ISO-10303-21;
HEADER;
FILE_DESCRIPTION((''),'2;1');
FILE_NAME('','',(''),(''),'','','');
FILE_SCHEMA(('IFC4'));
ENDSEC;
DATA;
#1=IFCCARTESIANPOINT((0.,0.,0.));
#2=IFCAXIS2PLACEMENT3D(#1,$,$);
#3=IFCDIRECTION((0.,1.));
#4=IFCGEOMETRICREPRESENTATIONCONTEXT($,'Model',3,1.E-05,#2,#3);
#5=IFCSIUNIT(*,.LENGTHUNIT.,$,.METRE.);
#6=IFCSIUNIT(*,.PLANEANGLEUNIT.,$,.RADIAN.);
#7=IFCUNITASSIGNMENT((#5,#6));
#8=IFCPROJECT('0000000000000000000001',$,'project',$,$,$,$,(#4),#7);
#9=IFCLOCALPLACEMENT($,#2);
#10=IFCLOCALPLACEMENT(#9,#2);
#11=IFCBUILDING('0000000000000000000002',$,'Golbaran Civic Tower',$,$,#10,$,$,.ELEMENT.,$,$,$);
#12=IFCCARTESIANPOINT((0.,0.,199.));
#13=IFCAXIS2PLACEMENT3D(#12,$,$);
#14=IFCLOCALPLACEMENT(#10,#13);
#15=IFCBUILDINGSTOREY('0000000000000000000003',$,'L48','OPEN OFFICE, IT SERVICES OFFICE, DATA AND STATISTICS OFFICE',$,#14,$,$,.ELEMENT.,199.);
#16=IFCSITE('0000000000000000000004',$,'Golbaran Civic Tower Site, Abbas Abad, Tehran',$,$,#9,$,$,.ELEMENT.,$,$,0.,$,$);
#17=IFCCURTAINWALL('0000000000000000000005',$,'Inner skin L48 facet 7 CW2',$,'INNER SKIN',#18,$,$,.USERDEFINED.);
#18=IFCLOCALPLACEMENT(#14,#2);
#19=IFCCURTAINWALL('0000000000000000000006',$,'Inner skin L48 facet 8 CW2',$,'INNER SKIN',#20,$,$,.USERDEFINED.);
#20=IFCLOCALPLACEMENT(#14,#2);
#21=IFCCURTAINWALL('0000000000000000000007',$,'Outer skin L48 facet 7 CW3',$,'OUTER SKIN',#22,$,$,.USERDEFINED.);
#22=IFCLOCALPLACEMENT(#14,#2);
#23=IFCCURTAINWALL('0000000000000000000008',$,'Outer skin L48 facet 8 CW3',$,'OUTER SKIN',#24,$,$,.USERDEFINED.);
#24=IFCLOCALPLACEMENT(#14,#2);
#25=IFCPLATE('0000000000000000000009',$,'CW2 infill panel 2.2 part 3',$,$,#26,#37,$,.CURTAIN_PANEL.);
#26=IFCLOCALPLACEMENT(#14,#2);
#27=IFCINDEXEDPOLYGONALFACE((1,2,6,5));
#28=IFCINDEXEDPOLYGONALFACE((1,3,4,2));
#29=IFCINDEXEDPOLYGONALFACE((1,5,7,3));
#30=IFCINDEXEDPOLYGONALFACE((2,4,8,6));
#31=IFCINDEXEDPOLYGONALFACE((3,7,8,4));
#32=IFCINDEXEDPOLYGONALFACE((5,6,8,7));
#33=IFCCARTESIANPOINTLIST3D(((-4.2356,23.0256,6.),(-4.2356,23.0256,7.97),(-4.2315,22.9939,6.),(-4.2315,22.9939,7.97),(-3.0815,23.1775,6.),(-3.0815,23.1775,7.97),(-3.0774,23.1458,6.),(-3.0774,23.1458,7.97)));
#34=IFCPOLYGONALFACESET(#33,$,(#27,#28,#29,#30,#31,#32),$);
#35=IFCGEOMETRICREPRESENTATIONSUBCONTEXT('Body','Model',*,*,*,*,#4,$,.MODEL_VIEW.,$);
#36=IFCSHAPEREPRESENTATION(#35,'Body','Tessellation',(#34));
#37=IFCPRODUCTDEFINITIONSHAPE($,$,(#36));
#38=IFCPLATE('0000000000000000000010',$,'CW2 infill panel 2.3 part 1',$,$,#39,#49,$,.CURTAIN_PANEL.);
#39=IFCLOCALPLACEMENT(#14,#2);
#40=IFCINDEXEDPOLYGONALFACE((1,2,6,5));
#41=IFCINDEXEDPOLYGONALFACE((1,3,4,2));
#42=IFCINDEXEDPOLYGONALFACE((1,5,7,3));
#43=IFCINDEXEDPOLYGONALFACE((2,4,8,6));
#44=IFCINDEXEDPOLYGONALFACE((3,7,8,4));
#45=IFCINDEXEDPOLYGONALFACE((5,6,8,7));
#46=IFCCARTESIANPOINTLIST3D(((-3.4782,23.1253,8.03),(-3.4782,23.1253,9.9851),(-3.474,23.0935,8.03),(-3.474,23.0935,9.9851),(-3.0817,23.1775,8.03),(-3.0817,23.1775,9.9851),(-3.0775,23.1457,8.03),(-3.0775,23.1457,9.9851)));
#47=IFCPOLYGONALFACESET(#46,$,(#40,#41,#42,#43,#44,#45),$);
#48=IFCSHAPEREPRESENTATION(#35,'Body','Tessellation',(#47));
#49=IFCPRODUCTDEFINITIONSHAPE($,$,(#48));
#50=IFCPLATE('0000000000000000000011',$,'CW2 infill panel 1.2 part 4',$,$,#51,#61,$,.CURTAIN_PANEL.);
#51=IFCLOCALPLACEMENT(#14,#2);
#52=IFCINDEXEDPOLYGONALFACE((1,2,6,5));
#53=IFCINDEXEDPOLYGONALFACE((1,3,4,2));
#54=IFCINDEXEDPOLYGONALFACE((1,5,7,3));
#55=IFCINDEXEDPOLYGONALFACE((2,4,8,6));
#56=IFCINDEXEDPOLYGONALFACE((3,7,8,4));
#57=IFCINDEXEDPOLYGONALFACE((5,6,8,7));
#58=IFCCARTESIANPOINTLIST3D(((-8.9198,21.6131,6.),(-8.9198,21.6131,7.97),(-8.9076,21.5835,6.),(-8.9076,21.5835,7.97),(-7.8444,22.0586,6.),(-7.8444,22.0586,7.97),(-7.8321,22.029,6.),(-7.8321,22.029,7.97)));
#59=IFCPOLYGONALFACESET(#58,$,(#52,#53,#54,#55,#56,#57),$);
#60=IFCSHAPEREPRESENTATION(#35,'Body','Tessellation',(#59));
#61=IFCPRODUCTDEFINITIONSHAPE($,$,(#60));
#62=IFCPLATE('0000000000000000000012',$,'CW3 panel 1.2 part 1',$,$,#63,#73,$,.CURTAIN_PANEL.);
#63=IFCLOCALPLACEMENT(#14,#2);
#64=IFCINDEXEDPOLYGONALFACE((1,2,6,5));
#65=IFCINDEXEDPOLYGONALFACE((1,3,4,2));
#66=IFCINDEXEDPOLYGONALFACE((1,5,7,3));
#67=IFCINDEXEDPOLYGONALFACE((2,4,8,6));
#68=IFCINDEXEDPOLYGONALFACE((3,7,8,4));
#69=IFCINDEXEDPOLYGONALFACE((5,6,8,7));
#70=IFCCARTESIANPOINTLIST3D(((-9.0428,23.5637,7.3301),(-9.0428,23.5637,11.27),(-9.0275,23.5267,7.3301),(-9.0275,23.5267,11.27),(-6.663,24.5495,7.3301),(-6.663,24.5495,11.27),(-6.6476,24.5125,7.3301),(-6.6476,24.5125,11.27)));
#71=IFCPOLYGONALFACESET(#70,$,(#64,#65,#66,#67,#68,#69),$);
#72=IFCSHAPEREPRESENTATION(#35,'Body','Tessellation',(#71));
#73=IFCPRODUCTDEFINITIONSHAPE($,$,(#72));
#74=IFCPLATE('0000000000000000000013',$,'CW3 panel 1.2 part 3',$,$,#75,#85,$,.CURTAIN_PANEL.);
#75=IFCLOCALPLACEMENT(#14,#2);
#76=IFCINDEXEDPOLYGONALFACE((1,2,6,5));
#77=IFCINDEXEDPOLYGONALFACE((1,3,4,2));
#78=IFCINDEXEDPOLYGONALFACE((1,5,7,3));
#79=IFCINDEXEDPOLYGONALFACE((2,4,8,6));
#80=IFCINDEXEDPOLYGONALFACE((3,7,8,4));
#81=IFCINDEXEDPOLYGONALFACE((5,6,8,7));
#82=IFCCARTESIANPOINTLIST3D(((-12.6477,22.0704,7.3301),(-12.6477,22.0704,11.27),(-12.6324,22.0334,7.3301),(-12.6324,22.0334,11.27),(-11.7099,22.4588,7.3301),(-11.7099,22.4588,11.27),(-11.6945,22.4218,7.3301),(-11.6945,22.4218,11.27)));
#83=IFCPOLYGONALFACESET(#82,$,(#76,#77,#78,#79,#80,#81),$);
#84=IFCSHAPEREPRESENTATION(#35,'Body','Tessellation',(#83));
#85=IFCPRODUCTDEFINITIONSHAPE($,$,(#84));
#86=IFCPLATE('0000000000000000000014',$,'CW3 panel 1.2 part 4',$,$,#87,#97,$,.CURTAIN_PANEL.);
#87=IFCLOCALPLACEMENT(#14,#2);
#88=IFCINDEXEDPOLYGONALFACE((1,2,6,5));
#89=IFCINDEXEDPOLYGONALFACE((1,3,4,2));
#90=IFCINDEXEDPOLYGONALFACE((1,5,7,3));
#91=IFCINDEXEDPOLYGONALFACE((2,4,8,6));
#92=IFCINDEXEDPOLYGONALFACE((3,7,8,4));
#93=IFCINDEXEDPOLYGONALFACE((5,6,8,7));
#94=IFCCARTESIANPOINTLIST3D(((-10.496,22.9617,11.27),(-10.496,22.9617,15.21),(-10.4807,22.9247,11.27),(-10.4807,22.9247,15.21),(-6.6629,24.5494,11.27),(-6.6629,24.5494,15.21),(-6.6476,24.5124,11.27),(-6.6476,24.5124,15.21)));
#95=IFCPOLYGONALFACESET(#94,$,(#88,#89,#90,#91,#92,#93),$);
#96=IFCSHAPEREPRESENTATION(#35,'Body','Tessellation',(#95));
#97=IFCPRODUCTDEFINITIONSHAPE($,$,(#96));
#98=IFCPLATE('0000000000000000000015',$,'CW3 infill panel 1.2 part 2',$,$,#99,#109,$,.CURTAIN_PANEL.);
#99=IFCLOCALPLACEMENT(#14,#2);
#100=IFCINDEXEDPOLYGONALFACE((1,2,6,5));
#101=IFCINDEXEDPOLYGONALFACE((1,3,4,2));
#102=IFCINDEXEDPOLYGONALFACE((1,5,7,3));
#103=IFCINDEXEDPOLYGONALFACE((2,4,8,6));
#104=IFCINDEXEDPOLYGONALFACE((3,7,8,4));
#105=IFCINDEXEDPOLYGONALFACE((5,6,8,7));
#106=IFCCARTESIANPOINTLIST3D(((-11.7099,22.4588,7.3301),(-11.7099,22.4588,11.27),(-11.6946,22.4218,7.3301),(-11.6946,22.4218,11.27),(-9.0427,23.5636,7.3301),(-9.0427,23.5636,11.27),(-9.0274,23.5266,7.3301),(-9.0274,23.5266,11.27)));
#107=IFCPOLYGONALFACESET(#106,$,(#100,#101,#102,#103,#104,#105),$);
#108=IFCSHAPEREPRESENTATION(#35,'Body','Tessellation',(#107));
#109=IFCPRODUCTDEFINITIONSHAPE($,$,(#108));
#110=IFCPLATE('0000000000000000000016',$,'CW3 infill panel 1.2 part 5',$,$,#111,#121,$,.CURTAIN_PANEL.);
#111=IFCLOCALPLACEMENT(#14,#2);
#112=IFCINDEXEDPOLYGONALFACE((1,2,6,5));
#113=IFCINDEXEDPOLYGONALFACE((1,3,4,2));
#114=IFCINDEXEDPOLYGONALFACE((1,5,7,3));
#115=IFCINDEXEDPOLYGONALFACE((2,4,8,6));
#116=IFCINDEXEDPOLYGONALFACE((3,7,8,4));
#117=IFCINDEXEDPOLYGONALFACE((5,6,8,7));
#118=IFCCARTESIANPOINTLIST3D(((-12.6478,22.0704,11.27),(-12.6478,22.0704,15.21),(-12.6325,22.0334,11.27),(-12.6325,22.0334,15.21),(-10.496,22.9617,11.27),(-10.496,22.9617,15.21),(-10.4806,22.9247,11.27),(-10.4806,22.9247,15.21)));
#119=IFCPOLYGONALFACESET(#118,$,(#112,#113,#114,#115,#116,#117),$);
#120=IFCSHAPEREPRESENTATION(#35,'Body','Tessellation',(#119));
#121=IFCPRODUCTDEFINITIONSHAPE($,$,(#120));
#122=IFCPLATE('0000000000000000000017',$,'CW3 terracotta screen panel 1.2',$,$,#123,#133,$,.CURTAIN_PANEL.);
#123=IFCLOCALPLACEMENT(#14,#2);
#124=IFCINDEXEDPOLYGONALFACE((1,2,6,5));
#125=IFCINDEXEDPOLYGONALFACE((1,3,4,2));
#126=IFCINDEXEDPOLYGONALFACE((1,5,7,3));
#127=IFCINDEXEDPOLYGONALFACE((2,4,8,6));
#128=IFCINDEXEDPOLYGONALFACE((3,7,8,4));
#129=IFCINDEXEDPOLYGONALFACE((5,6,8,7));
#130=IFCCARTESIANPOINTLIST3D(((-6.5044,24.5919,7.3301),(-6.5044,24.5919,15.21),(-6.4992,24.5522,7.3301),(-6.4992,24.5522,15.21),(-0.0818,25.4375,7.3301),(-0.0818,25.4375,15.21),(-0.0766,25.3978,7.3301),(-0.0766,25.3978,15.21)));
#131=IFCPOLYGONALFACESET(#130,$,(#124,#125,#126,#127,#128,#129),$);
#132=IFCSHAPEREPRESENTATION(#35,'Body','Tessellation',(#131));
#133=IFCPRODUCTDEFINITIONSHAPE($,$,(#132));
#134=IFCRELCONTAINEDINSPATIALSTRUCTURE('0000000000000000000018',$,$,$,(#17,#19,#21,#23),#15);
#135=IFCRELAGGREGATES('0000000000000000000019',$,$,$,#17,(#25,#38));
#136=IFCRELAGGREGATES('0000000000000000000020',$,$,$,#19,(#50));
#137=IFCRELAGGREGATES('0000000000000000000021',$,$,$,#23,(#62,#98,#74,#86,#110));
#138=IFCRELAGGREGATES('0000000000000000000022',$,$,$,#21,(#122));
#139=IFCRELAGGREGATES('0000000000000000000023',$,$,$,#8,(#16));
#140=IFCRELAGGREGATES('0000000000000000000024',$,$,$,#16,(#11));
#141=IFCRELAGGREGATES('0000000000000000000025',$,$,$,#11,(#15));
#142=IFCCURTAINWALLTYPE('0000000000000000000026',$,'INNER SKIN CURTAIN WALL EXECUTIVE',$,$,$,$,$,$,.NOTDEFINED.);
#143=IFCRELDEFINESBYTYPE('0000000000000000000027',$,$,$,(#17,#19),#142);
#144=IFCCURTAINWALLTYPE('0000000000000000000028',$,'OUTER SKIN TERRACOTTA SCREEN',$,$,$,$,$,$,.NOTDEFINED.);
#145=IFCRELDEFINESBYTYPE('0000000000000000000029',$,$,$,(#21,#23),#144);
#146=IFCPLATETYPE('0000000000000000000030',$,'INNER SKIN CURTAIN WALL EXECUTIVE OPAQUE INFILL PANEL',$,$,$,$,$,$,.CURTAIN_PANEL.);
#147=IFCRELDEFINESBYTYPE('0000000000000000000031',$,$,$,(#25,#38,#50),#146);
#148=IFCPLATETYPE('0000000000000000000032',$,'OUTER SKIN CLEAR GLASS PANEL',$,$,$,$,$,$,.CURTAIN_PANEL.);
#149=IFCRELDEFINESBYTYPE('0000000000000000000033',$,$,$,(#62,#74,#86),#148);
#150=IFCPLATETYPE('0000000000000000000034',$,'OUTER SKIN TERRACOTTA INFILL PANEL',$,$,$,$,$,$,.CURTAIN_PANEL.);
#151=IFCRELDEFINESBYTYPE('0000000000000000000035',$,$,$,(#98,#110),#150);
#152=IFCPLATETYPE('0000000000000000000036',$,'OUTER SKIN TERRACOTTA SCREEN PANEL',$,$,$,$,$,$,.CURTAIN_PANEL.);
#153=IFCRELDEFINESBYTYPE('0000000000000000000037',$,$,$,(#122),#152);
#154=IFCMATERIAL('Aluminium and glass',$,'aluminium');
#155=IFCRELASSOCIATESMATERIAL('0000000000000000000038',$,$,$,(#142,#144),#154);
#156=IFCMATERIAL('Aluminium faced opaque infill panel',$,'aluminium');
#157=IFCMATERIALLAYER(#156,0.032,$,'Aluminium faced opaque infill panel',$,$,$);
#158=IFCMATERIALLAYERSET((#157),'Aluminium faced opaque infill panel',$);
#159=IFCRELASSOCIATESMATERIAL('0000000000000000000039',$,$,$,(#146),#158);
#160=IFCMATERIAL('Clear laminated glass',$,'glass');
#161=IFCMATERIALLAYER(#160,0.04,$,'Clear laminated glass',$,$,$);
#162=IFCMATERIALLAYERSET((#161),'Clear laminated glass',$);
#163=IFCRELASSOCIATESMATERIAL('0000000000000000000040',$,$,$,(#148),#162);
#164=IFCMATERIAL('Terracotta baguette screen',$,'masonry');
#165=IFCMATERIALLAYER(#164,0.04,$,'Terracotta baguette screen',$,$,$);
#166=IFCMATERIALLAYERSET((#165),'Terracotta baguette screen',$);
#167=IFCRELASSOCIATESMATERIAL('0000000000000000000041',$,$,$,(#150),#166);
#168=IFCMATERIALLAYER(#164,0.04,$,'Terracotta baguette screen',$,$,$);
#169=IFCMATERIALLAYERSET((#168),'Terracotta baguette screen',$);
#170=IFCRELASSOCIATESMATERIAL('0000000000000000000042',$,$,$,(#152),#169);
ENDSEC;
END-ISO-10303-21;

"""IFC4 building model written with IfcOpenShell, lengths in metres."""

from ifc_helpers import new_model, si_unit, direction, frame, origin, origin_2d, place, context, subcontext, project, spatial, rectangle, extrude, material, layer, layer_set, type_object, element, aggregate, save


model = new_model("IFC4")

# Units and contexts
model_context = context("Model", 3, precision=1e-05, world=origin(), true_north=direction((0.0, 1.0)))
body_context = subcontext(model_context, "Body", "Model", "MODEL_VIEW")
ifc_project = project(units=[si_unit("LENGTHUNIT", "METRE"), si_unit("PLANEANGLEUNIT", "RADIAN")], contexts=[model_context])

# Site, building, storey
site_placement = place(None, origin())
site = spatial("IfcSite", under=ifc_project, at=site_placement, Name="Golbaran Civic Tower Site, Abbas Abad, Tehran", CompositionType="ELEMENT", RefElevation=0.0)
building_placement = place(site_placement, origin())
building = spatial("IfcBuilding", under=site, at=building_placement, Name="Golbaran Civic Tower", CompositionType="ELEMENT")
storey_placement = place(building_placement, frame((0.0, 0.0, 199.0)))
storey = spatial("IfcBuildingStorey", under=building, at=storey_placement, Name="L48", Description="OPEN OFFICE, IT SERVICES OFFICE, DATA AND STATISTICS OFFICE", CompositionType="ELEMENT", Elevation=199.0)

# Curtain walls
ifc_material_1 = material(Name="Aluminium and glass", Category="aluminium")
curtain_wall_type_1 = type_object("IfcCurtainWallType", Name="INNER SKIN CURTAIN WALL EXECUTIVE", PredefinedType="NOTDEFINED", material=ifc_material_1)
curtain_wall_1_placement = place(storey_placement, origin())
curtain_wall_1 = element("IfcCurtainWall", 1, at=curtain_wall_1_placement, inside=storey, type_object=curtain_wall_type_1, Name="Inner skin L48 facet 7 CW2", ObjectType="INNER SKIN", PredefinedType="USERDEFINED")
curtain_wall_2_placement = place(storey_placement, origin())
curtain_wall_2 = element("IfcCurtainWall", 2, at=curtain_wall_2_placement, inside=storey, type_object=curtain_wall_type_1, Name="Inner skin L48 facet 8 CW2", ObjectType="INNER SKIN", PredefinedType="USERDEFINED")
curtain_wall_type_2 = type_object("IfcCurtainWallType", Name="OUTER SKIN TERRACOTTA SCREEN", PredefinedType="NOTDEFINED", material=ifc_material_1)
curtain_wall_3_placement = place(storey_placement, origin())
curtain_wall_3 = element("IfcCurtainWall", 3, at=curtain_wall_3_placement, inside=storey, type_object=curtain_wall_type_2, Name="Outer skin L48 facet 7 CW3", ObjectType="OUTER SKIN", PredefinedType="USERDEFINED")
curtain_wall_4_placement = place(storey_placement, origin())
curtain_wall_4 = element("IfcCurtainWall", 4, at=curtain_wall_4_placement, inside=storey, type_object=curtain_wall_type_2, Name="Outer skin L48 facet 8 CW3", ObjectType="OUTER SKIN", PredefinedType="USERDEFINED")

# Plates
ifc_material_2 = material(Name="Aluminium faced opaque infill panel", Category="aluminium")
ifc_layer_1 = layer(ifc_material_2, 0.032, Name="Aluminium faced opaque infill panel")
ifc_layer_set_1 = layer_set([ifc_layer_1], Name="Aluminium faced opaque infill panel")
plate_type_1 = type_object("IfcPlateType", Name="INNER SKIN CURTAIN WALL EXECUTIVE OPAQUE INFILL PANEL", PredefinedType="CURTAIN_PANEL", material=ifc_layer_set_1)
plate_1_placement = place(storey_placement, frame((-3.6565, 23.0857, 6.0), z_axis=(0.0, 0.0, 1.0), x_axis=(-0.991445, -0.130526, 0.0)))
plate_1 = element("IfcPlate", 5, at=plate_1_placement, type_object=plate_type_1, Name="CW2 infill panel 2.2 part 3", PredefinedType="CURTAIN_PANEL", context=body_context, shape_type="SweptSolid", body=[
    extrude(rectangle(XDim=1.1641, YDim=0.032, at=origin_2d()), origin(), (0.0, 0.0, 1.0), 1.97),
])
plate_2_placement = place(storey_placement, frame((-3.2778, 23.1355, 8.03), z_axis=(0.0, 0.0, 1.0), x_axis=(-0.991445, -0.130526, 0.0)))
plate_2 = element("IfcPlate", 6, at=plate_2_placement, type_object=plate_type_1, Name="CW2 infill panel 2.3 part 1", PredefinedType="CURTAIN_PANEL", context=body_context, shape_type="SweptSolid", body=[
    extrude(rectangle(XDim=0.3999, YDim=0.032, at=origin_2d()), origin(), (0.0, 0.0, 1.0), 1.9551),
])
aggregate(curtain_wall_1, [plate_1, plate_2])
plate_3_placement = place(storey_placement, frame((-8.376, 21.821, 6.0), z_axis=(0.0, 0.0, 1.0), x_axis=(-0.92388, -0.382683, 0.0)))
plate_3 = element("IfcPlate", 7, at=plate_3_placement, type_object=plate_type_1, Name="CW2 infill panel 1.2 part 4", PredefinedType="CURTAIN_PANEL", context=body_context, shape_type="SweptSolid", body=[
    extrude(rectangle(XDim=1.1641, YDim=0.032, at=origin_2d()), origin(), (0.0, 0.0, 1.0), 1.97),
])
aggregate(curtain_wall_2, [plate_3])
ifc_material_3 = material(Name="Clear laminated glass", Category="glass")
ifc_layer_2 = layer(ifc_material_3, 0.04, Name="Clear laminated glass")
ifc_layer_set_2 = layer_set([ifc_layer_2], Name="Clear laminated glass")
plate_type_2 = type_object("IfcPlateType", Name="OUTER SKIN CLEAR GLASS PANEL", PredefinedType="CURTAIN_PANEL", material=ifc_layer_set_2)
plate_4_placement = place(storey_placement, frame((-7.8452, 24.0381, 7.3301), z_axis=(0.0, 0.0, 1.0), x_axis=(-0.92388, -0.382683, 0.0)))
plate_4 = element("IfcPlate", 8, at=plate_4_placement, type_object=plate_type_2, Name="CW3 panel 1.2 part 1", PredefinedType="CURTAIN_PANEL", context=body_context, shape_type="SweptSolid", body=[
    extrude(rectangle(XDim=2.5759, YDim=0.04, at=origin_2d()), origin(), (0.0, 0.0, 1.0), 3.9399),
])
plate_5_placement = place(storey_placement, frame((-12.1711, 22.2461, 7.3301), z_axis=(0.0, 0.0, 1.0), x_axis=(-0.92388, -0.382683, 0.0)))
plate_5 = element("IfcPlate", 9, at=plate_5_placement, type_object=plate_type_2, Name="CW3 panel 1.2 part 3", PredefinedType="CURTAIN_PANEL", context=body_context, shape_type="SweptSolid", body=[
    extrude(rectangle(XDim=1.0151, YDim=0.04, at=origin_2d()), origin(), (0.0, 0.0, 1.0), 3.9399),
])
plate_6_placement = place(storey_placement, frame((-8.5718, 23.7371, 11.27), z_axis=(0.0, 0.0, 1.0), x_axis=(-0.92388, -0.382683, 0.0)))
plate_6 = element("IfcPlate", 10, at=plate_6_placement, type_object=plate_type_2, Name="CW3 panel 1.2 part 4", PredefinedType="CURTAIN_PANEL", context=body_context, shape_type="SweptSolid", body=[
    extrude(rectangle(XDim=4.1489, YDim=0.04, at=origin_2d()), origin(), (0.0, 0.0, 1.0), 3.9399),
])
ifc_material_4 = material(Name="Terracotta baguette screen", Category="masonry")
ifc_layer_3 = layer(ifc_material_4, 0.04, Name="Terracotta baguette screen")
ifc_layer_set_3 = layer_set([ifc_layer_3], Name="Terracotta baguette screen")
plate_type_3 = type_object("IfcPlateType", Name="OUTER SKIN TERRACOTTA INFILL PANEL", PredefinedType="CURTAIN_PANEL", material=ifc_layer_set_3)
plate_7_placement = place(storey_placement, frame((-10.3687, 22.9927, 7.3301), z_axis=(0.0, 0.0, 1.0), x_axis=(-0.92388, -0.382683, 0.0)))
plate_7 = element("IfcPlate", 11, at=plate_7_placement, type_object=plate_type_3, Name="CW3 infill panel 1.2 part 2", PredefinedType="CURTAIN_PANEL", context=body_context, shape_type="SweptSolid", body=[
    extrude(rectangle(XDim=2.887, YDim=0.04, at=origin_2d()), origin(), (0.0, 0.0, 1.0), 3.9399),
])
plate_8_placement = place(storey_placement, frame((-11.5642, 22.4976, 11.27), z_axis=(0.0, 0.0, 1.0), x_axis=(-0.92388, -0.382683, 0.0)))
plate_8 = element("IfcPlate", 12, at=plate_8_placement, type_object=plate_type_3, Name="CW3 infill panel 1.2 part 5", PredefinedType="CURTAIN_PANEL", context=body_context, shape_type="SweptSolid", body=[
    extrude(rectangle(XDim=2.3291, YDim=0.04, at=origin_2d()), origin(), (0.0, 0.0, 1.0), 3.9399),
])
aggregate(curtain_wall_4, [plate_4, plate_7, plate_5, plate_6, plate_8])
ifc_layer_4 = layer(ifc_material_4, 0.04, Name="Terracotta baguette screen")
ifc_layer_set_4 = layer_set([ifc_layer_4], Name="Terracotta baguette screen")
plate_type_4 = type_object("IfcPlateType", Name="OUTER SKIN TERRACOTTA SCREEN PANEL", PredefinedType="CURTAIN_PANEL", material=ifc_layer_set_4)
plate_9_placement = place(storey_placement, frame((-3.2905, 24.9949, 7.3301), z_axis=(0.0, 0.0, 1.0), x_axis=(-0.991445, -0.130526, 0.0)))
plate_9 = element("IfcPlate", 13, at=plate_9_placement, type_object=plate_type_4, Name="CW3 terracotta screen panel 1.2", PredefinedType="CURTAIN_PANEL", context=body_context, shape_type="SweptSolid", body=[
    extrude(rectangle(XDim=6.478, YDim=0.04, at=origin_2d()), origin(), (0.0, 0.0, 1.0), 7.8799),
])
aggregate(curtain_wall_3, [plate_9])

save(model, "model.ifc")
